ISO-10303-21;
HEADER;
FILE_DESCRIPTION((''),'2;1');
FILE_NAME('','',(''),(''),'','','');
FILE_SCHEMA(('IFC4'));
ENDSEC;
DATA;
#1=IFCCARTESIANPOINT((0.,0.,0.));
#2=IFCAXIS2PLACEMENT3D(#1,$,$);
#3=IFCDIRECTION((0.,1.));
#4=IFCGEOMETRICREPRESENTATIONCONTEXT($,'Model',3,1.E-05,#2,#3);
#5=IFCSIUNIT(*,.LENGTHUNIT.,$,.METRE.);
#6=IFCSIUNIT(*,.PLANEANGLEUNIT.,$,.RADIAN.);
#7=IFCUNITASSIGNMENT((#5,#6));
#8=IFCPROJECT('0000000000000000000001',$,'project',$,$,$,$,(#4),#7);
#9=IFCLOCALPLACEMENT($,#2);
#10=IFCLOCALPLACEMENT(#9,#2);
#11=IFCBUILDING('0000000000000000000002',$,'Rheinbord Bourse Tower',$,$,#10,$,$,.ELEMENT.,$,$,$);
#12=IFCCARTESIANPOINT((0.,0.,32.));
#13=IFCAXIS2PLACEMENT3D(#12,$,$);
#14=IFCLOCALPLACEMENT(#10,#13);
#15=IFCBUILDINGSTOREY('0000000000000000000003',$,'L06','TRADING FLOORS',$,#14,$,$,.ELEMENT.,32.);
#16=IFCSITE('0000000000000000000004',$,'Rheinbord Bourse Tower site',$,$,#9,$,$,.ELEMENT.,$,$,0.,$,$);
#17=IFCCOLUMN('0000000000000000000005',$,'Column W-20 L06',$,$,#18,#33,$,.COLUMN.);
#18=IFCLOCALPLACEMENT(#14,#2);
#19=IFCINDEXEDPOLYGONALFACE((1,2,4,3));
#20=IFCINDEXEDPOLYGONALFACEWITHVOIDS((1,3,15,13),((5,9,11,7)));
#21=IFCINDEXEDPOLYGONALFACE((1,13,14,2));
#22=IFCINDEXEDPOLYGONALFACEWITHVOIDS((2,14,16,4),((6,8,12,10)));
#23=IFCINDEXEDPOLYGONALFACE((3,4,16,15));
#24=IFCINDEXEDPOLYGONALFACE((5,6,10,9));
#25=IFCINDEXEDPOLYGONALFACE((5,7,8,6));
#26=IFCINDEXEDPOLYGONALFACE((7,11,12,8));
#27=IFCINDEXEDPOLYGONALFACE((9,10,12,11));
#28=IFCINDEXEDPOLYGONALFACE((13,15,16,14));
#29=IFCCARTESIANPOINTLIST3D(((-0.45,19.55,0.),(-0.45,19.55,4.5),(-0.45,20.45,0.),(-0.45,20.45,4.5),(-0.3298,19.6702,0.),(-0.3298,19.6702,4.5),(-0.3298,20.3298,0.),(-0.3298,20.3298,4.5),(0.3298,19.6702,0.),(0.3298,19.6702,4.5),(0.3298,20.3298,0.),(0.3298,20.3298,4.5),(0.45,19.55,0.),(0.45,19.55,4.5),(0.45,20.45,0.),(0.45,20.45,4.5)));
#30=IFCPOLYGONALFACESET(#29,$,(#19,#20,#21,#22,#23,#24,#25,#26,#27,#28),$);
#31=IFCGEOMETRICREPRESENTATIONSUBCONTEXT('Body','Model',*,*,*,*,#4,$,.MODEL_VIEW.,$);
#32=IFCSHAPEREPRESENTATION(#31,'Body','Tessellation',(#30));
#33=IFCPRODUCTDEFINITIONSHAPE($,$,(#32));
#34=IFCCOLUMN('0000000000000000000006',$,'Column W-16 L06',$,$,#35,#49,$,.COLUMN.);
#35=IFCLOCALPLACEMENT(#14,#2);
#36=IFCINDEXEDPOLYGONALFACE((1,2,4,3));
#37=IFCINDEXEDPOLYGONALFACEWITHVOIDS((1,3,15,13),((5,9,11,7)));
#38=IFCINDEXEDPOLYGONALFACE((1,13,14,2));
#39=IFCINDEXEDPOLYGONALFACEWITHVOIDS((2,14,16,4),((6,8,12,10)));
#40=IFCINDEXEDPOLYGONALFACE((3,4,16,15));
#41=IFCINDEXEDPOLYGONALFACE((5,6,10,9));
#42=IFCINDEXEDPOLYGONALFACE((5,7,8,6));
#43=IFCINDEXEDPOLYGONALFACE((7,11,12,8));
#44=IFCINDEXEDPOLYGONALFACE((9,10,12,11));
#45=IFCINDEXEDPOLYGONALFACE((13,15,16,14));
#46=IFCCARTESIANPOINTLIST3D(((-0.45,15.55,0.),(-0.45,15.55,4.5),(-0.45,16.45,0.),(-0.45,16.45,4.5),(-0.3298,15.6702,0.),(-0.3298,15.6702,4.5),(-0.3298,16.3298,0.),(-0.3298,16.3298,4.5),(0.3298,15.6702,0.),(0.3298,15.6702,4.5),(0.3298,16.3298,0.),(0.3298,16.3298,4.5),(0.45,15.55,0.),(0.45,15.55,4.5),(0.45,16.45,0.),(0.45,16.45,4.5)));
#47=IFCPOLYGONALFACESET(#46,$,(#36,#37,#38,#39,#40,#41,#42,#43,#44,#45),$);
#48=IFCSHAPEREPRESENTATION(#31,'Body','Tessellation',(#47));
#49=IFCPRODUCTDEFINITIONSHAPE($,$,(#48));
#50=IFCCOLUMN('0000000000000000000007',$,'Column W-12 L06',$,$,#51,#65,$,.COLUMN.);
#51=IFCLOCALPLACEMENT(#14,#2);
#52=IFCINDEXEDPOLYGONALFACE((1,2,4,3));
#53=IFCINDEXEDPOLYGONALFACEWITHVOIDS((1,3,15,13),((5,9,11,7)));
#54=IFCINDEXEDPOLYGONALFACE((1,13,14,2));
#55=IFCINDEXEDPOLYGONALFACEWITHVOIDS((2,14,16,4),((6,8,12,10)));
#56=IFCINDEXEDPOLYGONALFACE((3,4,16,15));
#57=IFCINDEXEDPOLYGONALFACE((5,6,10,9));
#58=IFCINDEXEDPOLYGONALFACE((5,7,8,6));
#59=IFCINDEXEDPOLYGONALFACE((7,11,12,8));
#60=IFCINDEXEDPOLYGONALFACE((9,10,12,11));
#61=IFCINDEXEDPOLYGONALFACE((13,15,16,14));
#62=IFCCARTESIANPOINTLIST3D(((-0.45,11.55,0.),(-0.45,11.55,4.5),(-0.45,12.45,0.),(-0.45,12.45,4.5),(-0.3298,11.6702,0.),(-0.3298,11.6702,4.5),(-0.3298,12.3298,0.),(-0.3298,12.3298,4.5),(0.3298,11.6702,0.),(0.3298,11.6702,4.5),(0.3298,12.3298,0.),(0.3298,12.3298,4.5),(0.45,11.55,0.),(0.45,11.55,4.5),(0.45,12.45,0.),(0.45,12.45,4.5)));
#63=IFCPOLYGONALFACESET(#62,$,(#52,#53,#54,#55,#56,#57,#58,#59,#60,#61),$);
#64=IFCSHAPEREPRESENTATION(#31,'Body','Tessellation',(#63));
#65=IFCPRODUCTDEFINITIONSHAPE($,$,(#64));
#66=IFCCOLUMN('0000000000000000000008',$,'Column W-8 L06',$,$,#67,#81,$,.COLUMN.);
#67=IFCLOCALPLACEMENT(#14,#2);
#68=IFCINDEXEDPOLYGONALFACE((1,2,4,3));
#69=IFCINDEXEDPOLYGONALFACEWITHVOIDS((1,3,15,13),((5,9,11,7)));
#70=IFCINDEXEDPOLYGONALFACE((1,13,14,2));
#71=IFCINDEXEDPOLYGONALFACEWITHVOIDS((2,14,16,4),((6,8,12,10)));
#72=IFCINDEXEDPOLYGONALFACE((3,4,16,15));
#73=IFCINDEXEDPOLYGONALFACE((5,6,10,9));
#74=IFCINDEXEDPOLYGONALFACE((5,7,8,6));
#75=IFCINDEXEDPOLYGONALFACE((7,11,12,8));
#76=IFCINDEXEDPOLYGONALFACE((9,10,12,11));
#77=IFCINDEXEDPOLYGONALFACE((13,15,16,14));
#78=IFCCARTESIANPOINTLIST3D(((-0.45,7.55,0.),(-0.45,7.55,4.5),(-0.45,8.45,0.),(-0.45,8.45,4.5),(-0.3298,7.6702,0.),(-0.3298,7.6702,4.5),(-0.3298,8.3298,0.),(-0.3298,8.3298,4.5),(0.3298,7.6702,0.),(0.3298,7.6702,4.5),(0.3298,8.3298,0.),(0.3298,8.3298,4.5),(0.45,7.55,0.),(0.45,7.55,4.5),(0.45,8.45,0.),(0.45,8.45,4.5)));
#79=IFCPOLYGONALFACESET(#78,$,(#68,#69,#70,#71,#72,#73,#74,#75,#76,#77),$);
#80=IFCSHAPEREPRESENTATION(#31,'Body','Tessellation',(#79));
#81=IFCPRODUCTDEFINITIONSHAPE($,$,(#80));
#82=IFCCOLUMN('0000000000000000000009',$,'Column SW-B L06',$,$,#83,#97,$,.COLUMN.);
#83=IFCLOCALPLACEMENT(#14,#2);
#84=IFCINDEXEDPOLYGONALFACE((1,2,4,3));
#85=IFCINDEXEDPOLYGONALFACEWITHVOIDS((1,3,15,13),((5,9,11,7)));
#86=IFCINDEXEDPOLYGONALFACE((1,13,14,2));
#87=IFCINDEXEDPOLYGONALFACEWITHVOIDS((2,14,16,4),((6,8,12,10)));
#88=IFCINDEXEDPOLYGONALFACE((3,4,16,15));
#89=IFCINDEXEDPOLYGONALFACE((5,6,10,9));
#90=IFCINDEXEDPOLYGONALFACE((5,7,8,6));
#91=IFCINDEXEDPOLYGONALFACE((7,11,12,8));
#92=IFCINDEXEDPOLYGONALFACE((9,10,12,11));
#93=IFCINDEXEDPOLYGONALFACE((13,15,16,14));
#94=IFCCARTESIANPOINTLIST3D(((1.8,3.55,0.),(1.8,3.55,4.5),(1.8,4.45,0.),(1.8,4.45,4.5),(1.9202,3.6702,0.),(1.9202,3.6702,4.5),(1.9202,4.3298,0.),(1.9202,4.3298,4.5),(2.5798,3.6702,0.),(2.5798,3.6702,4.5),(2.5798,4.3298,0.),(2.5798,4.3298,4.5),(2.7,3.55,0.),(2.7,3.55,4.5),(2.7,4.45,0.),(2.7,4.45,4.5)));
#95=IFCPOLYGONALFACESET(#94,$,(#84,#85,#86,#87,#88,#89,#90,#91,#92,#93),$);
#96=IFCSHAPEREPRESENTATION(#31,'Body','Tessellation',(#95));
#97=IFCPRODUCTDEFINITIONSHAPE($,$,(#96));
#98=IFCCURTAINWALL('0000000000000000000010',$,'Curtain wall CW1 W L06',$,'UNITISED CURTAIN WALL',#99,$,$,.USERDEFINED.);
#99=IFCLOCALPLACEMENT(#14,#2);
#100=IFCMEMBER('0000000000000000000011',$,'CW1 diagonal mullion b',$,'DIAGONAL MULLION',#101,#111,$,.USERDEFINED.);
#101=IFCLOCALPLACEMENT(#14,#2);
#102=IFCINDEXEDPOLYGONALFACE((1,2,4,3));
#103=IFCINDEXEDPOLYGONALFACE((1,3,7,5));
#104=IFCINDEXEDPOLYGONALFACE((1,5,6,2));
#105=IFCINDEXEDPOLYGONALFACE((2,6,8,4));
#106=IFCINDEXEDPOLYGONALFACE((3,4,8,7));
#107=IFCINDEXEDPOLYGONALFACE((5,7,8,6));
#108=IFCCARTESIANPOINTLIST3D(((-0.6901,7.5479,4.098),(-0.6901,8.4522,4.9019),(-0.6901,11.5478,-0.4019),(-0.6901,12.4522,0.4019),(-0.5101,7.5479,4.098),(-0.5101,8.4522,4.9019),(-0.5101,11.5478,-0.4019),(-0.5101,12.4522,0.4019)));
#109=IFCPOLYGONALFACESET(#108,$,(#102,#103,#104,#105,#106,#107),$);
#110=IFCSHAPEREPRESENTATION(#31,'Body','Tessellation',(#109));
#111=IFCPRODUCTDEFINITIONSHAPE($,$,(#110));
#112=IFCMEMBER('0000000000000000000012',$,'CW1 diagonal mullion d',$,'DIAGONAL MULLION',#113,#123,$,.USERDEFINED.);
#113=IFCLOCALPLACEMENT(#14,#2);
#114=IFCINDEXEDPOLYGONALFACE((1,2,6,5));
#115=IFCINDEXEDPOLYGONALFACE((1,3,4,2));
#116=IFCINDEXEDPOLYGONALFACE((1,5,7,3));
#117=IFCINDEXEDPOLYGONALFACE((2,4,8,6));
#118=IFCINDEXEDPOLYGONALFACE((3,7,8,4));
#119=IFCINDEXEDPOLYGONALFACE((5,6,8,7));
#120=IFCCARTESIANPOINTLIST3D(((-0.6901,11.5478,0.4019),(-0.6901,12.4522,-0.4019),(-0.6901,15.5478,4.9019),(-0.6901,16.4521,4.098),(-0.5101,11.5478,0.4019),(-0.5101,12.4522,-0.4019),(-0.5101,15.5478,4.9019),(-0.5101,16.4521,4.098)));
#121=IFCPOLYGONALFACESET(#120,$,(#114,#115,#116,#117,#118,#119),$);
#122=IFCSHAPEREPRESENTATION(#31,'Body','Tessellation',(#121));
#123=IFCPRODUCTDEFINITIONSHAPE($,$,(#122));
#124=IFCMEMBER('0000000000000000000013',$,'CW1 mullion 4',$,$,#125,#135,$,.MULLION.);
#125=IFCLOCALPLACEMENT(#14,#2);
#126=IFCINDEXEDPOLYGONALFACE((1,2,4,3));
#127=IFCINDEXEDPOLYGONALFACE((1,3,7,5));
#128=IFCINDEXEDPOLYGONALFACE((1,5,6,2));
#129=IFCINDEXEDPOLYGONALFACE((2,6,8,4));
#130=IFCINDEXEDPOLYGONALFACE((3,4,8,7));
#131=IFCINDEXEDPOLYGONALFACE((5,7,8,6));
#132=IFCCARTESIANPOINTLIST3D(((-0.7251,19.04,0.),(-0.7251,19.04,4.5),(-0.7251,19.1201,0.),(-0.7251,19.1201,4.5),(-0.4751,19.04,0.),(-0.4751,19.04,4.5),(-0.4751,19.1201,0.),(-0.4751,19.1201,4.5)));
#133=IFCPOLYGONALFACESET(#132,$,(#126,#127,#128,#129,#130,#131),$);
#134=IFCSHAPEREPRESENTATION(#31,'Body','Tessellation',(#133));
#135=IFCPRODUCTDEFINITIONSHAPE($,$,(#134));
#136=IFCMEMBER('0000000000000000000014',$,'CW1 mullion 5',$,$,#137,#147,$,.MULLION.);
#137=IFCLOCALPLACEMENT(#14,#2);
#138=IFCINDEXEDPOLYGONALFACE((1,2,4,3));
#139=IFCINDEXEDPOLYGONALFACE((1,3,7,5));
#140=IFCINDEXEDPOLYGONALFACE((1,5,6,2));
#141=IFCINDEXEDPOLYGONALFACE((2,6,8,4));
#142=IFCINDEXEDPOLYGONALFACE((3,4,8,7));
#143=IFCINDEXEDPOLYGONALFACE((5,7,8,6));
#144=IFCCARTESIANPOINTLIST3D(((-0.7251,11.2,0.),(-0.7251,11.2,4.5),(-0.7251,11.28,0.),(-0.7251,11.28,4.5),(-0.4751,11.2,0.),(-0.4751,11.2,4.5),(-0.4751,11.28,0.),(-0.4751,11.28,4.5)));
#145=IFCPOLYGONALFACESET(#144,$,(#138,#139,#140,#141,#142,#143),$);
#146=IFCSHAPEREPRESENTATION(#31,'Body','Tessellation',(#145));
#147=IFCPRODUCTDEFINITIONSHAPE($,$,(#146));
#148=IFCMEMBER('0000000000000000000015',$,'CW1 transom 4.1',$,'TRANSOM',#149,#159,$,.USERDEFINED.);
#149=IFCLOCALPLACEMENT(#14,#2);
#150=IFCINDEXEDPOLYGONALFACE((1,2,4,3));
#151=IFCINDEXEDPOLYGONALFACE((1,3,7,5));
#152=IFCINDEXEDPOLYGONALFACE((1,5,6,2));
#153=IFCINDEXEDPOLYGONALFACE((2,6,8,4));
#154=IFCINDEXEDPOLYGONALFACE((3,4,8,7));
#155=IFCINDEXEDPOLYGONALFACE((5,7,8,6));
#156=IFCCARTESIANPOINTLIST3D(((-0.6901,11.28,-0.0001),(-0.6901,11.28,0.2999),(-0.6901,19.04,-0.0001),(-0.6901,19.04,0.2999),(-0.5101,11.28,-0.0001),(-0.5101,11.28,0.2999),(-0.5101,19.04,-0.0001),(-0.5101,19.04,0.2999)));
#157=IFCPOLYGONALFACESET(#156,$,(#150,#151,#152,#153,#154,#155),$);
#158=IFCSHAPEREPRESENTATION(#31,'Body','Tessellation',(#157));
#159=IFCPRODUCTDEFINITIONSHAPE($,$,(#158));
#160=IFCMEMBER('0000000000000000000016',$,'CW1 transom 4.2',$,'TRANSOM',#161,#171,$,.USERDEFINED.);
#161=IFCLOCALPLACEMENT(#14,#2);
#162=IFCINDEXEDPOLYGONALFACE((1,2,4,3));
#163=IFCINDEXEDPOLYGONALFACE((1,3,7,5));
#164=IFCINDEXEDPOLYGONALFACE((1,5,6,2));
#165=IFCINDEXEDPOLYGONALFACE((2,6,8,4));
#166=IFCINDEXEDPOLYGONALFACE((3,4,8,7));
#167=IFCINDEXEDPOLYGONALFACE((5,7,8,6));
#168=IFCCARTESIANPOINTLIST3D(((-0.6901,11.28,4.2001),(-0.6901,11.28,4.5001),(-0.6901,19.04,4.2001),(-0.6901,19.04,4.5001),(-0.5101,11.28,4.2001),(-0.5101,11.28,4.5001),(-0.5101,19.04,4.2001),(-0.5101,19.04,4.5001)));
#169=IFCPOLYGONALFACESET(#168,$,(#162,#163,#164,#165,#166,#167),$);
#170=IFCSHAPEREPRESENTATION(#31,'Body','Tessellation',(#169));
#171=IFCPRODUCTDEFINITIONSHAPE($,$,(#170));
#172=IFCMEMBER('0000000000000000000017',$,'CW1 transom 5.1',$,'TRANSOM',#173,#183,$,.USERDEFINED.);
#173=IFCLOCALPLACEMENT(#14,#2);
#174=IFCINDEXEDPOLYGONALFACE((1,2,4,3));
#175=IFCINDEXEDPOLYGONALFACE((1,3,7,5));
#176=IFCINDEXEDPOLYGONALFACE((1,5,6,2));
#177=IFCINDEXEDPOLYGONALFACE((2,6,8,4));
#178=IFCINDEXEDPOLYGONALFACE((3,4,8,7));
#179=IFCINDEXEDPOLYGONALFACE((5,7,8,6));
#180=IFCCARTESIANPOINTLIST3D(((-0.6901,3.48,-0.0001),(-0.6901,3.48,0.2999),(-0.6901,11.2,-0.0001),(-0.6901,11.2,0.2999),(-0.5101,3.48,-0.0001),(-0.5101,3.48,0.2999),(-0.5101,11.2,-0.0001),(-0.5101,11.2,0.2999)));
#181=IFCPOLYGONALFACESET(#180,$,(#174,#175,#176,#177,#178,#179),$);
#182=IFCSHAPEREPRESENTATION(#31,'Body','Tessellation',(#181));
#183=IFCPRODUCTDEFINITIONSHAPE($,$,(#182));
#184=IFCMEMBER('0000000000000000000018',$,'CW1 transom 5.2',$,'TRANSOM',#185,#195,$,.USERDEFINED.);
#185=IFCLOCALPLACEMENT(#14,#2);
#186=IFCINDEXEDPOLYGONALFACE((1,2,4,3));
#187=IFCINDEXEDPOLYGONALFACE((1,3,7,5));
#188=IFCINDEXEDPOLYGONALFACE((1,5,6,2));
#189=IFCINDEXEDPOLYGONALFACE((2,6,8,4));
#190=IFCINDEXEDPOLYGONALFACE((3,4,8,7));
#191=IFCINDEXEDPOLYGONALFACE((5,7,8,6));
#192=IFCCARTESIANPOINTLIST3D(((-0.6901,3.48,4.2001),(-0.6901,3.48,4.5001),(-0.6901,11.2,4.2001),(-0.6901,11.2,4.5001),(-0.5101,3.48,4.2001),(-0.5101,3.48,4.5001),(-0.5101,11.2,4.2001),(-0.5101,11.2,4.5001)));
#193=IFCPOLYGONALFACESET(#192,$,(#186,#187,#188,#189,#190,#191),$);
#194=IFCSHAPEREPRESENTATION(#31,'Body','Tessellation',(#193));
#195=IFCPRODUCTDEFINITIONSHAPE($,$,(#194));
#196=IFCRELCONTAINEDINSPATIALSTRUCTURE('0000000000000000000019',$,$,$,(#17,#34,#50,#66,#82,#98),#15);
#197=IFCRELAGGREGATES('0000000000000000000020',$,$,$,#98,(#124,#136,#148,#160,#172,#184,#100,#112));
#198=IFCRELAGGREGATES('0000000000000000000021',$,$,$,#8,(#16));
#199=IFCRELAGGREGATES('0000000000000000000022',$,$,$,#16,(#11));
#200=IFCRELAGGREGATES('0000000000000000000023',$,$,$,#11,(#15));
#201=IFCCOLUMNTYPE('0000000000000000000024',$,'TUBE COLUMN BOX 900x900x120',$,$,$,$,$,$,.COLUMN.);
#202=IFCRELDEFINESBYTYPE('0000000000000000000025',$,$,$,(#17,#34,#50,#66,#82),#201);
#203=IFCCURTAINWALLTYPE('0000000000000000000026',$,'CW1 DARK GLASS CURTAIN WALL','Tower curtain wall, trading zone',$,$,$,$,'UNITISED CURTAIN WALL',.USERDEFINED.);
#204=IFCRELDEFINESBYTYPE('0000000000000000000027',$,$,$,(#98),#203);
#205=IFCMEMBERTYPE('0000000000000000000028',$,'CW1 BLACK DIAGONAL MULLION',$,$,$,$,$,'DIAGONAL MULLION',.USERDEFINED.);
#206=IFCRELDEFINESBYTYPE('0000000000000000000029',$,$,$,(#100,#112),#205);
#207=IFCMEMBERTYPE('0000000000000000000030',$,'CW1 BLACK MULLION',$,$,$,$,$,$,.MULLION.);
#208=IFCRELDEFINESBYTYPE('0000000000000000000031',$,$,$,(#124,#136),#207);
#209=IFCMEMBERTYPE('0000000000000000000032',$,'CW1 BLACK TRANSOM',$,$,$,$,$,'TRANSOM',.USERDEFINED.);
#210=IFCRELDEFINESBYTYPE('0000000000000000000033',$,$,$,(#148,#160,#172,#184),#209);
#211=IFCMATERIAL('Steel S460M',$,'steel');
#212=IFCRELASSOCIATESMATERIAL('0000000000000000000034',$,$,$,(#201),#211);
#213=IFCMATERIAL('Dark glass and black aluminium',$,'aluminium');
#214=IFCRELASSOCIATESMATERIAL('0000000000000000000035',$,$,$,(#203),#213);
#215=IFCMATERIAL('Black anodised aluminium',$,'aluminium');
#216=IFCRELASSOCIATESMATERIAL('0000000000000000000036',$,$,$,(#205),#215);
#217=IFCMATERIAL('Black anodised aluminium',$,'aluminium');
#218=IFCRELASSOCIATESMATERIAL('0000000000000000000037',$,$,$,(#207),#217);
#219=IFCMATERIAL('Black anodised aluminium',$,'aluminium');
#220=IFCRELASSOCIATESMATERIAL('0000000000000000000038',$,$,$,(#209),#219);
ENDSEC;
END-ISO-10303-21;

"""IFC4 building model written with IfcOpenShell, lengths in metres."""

from ifc_helpers import new_model, si_unit, direction, frame, origin, origin_2d, place, context, subcontext, project, spatial, rectangle, hollow_rectangle, extrude, material, material_profile, profile_set, type_object, element, aggregate, save


model = new_model("IFC4")

# Units and contexts
model_context = context("Model", 3, precision=1e-05, world=origin(), true_north=direction((0.0, 1.0)))
body_context = subcontext(model_context, "Body", "Model", "MODEL_VIEW")
ifc_project = project(units=[si_unit("LENGTHUNIT", "METRE"), si_unit("PLANEANGLEUNIT", "RADIAN")], contexts=[model_context])

# Site, building, storey
site_placement = place(None, origin())
site = spatial("IfcSite", under=ifc_project, at=site_placement, Name="Rheinbord Bourse Tower site", CompositionType="ELEMENT", RefElevation=0.0)
building_placement = place(site_placement, origin())
building = spatial("IfcBuilding", under=site, at=building_placement, Name="Rheinbord Bourse Tower", CompositionType="ELEMENT")
storey_placement = place(building_placement, frame((0.0, 0.0, 32.0)))
storey = spatial("IfcBuildingStorey", under=building, at=storey_placement, Name="L06", Description="TRADING FLOORS", CompositionType="ELEMENT", Elevation=32.0)

# Columns
ifc_material_1 = material(Name="Steel S460M", Category="steel")
ifc_material_profile_1 = material_profile(ifc_material_1, hollow_rectangle(XDim=0.8999, YDim=0.8999, WallThickness=0.1201, at=origin_2d()), Name="BOX 900x900x120")
ifc_profile_set_1 = profile_set([ifc_material_profile_1], Name="Steel S460M")
column_type = type_object("IfcColumnType", Name="TUBE COLUMN BOX 900x900x120", PredefinedType="COLUMN", material=ifc_profile_set_1)
for number, where, z_axis, x_axis, name in (
    (1, (0.0, 20.0, 0.0), (0.0, 0.0, 1.0), (1.0, 0.0, 0.0), "Column W-20 L06"),
    (2, (0.0, 16.0, 0.0), (0.0, 0.0, 1.0), (1.0, 0.0, 0.0), "Column W-16 L06"),
    (3, (0.0, 12.0, 0.0), (0.0, 0.0, 1.0), (1.0, 0.0, 0.0), "Column W-12 L06"),
    (4, (0.0, 8.0, 0.0), (0.0, 0.0, 1.0), (1.0, 0.0, 0.0), "Column W-8 L06"),
    (5, (2.25, 4.0, 0.0), (0.0, 0.0, 1.0), (1.0, 0.0, 0.0), "Column SW-B L06"),
):
    element("IfcColumn", number, at=place(storey_placement, frame(where, z_axis=z_axis, x_axis=x_axis)), inside=storey, type_object=column_type, Name=name, PredefinedType="COLUMN", context=body_context, shape_type="SweptSolid", body=[
        extrude(hollow_rectangle(XDim=0.8999, YDim=0.8999, WallThickness=0.1201, at=origin_2d()), origin(), (0.0, 0.0, 1.0), 4.5),
    ])

# Curtain wall, members
ifc_material_2 = material(Name="Dark glass and black aluminium", Category="aluminium")
curtain_wall_type = type_object("IfcCurtainWallType", Name="CW1 DARK GLASS CURTAIN WALL", Description="Tower curtain wall, trading zone", ElementType="UNITISED CURTAIN WALL", PredefinedType="USERDEFINED", material=ifc_material_2)
curtain_wall_placement = place(storey_placement, origin())
curtain_wall = element("IfcCurtainWall", 6, at=curtain_wall_placement, inside=storey, type_object=curtain_wall_type, Name="Curtain wall CW1 W L06", ObjectType="UNITISED CURTAIN WALL", PredefinedType="USERDEFINED")
ifc_material_3 = material(Name="Black anodised aluminium", Category="aluminium")
ifc_material_profile_2 = material_profile(ifc_material_3, rectangle(XDim=0.1799, YDim=1.21, at=origin_2d()), Name="CW1 DIAGONAL MULLION 1210x180")
ifc_profile_set_2 = profile_set([ifc_material_profile_2], Name="Black anodised aluminium")
member_type_1 = type_object("IfcMemberType", Name="CW1 BLACK DIAGONAL MULLION", ElementType="DIAGONAL MULLION", PredefinedType="USERDEFINED", material=ifc_profile_set_2)
member_1_placement = place(storey_placement, frame((-0.6001, 12.0, 0.0), z_axis=(0.0, -0.664364, 0.747409), x_axis=(1.0, 0.0, 0.0)))
member_1 = element("IfcMember", 7, at=member_1_placement, type_object=member_type_1, Name="CW1 diagonal mullion b", ObjectType="DIAGONAL MULLION", PredefinedType="USERDEFINED", context=body_context, shape_type="SweptSolid", body=[
    extrude(rectangle(XDim=0.1799, YDim=1.21, at=origin_2d()), origin(), (0.0, 0.0, 1.0), 6.0208),
])
member_2_placement = place(storey_placement, frame((-0.6001, 12.0, 0.0), z_axis=(0.0, 0.664364, 0.747409), x_axis=(-1.0, 0.0, 0.0)))
member_2 = element("IfcMember", 8, at=member_2_placement, type_object=member_type_1, Name="CW1 diagonal mullion d", ObjectType="DIAGONAL MULLION", PredefinedType="USERDEFINED", context=body_context, shape_type="SweptSolid", body=[
    extrude(rectangle(XDim=0.1799, YDim=1.21, at=origin_2d()), origin(), (0.0, 0.0, 1.0), 6.0208),
])
ifc_material_4 = material(Name="Black anodised aluminium", Category="aluminium")
ifc_material_profile_3 = material_profile(ifc_material_4, rectangle(XDim=0.25, YDim=0.0801, at=origin_2d()), Name="CW1 MULLION 80x250")
ifc_profile_set_3 = profile_set([ifc_material_profile_3], Name="Black anodised aluminium")
member_type_2 = type_object("IfcMemberType", Name="CW1 BLACK MULLION", PredefinedType="MULLION", material=ifc_profile_set_3)
member_3_placement = place(storey_placement, frame((-0.6001, 19.0801, 0.0), z_axis=(0.0, 0.0, 1.0), x_axis=(1.0, 0.0, 0.0)))
member_3 = element("IfcMember", 9, at=member_3_placement, type_object=member_type_2, Name="CW1 mullion 4", PredefinedType="MULLION", context=body_context, shape_type="SweptSolid", body=[
    extrude(rectangle(XDim=0.25, YDim=0.0801, at=origin_2d()), origin(), (0.0, 0.0, 1.0), 4.5),
])
member_4_placement = place(storey_placement, frame((-0.6001, 11.24, 0.0), z_axis=(0.0, 0.0, 1.0), x_axis=(1.0, 0.0, 0.0)))
member_4 = element("IfcMember", 10, at=member_4_placement, type_object=member_type_2, Name="CW1 mullion 5", PredefinedType="MULLION", context=body_context, shape_type="SweptSolid", body=[
    extrude(rectangle(XDim=0.25, YDim=0.0801, at=origin_2d()), origin(), (0.0, 0.0, 1.0), 4.5),
])
ifc_material_5 = material(Name="Black anodised aluminium", Category="aluminium")
ifc_material_profile_4 = material_profile(ifc_material_5, rectangle(XDim=0.1799, YDim=0.3, at=origin_2d()), Name="CW1 TRANSOM 300x180")
ifc_profile_set_4 = profile_set([ifc_material_profile_4], Name="Black anodised aluminium")
member_type_3 = type_object("IfcMemberType", Name="CW1 BLACK TRANSOM", ElementType="TRANSOM", PredefinedType="USERDEFINED", material=ifc_profile_set_4)
member_5_placement = place(storey_placement, frame((-0.6001, 19.04, 0.1499), z_axis=(0.0, -1.0, 0.0), x_axis=(1.0, 0.0, 0.0)))
member_5 = element("IfcMember", 11, at=member_5_placement, type_object=member_type_3, Name="CW1 transom 4.1", ObjectType="TRANSOM", PredefinedType="USERDEFINED", context=body_context, shape_type="SweptSolid", body=[
    extrude(rectangle(XDim=0.1799, YDim=0.3, at=origin_2d()), origin(), (0.0, 0.0, 1.0), 7.76),
])
member_6_placement = place(storey_placement, frame((-0.6001, 19.04, 4.3501), z_axis=(0.0, -1.0, 0.0), x_axis=(1.0, 0.0, 0.0)))
member_6 = element("IfcMember", 12, at=member_6_placement, type_object=member_type_3, Name="CW1 transom 4.2", ObjectType="TRANSOM", PredefinedType="USERDEFINED", context=body_context, shape_type="SweptSolid", body=[
    extrude(rectangle(XDim=0.1799, YDim=0.3, at=origin_2d()), origin(), (0.0, 0.0, 1.0), 7.76),
])
member_7_placement = place(storey_placement, frame((-0.6001, 11.2, 0.1499), z_axis=(0.0, -1.0, 0.0), x_axis=(1.0, 0.0, 0.0)))
member_7 = element("IfcMember", 13, at=member_7_placement, type_object=member_type_3, Name="CW1 transom 5.1", ObjectType="TRANSOM", PredefinedType="USERDEFINED", context=body_context, shape_type="SweptSolid", body=[
    extrude(rectangle(XDim=0.1799, YDim=0.3, at=origin_2d()), origin(), (0.0, 0.0, 1.0), 7.72),
])
member_8_placement = place(storey_placement, frame((-0.6001, 11.2, 4.3501), z_axis=(0.0, -1.0, 0.0), x_axis=(1.0, 0.0, 0.0)))
member_8 = element("IfcMember", 14, at=member_8_placement, type_object=member_type_3, Name="CW1 transom 5.2", ObjectType="TRANSOM", PredefinedType="USERDEFINED", context=body_context, shape_type="SweptSolid", body=[
    extrude(rectangle(XDim=0.1799, YDim=0.3, at=origin_2d()), origin(), (0.0, 0.0, 1.0), 7.72),
])

aggregate(curtain_wall, [member_3, member_4, member_5, member_6, member_7, member_8, member_1, member_2])

save(model, "model.ifc")
